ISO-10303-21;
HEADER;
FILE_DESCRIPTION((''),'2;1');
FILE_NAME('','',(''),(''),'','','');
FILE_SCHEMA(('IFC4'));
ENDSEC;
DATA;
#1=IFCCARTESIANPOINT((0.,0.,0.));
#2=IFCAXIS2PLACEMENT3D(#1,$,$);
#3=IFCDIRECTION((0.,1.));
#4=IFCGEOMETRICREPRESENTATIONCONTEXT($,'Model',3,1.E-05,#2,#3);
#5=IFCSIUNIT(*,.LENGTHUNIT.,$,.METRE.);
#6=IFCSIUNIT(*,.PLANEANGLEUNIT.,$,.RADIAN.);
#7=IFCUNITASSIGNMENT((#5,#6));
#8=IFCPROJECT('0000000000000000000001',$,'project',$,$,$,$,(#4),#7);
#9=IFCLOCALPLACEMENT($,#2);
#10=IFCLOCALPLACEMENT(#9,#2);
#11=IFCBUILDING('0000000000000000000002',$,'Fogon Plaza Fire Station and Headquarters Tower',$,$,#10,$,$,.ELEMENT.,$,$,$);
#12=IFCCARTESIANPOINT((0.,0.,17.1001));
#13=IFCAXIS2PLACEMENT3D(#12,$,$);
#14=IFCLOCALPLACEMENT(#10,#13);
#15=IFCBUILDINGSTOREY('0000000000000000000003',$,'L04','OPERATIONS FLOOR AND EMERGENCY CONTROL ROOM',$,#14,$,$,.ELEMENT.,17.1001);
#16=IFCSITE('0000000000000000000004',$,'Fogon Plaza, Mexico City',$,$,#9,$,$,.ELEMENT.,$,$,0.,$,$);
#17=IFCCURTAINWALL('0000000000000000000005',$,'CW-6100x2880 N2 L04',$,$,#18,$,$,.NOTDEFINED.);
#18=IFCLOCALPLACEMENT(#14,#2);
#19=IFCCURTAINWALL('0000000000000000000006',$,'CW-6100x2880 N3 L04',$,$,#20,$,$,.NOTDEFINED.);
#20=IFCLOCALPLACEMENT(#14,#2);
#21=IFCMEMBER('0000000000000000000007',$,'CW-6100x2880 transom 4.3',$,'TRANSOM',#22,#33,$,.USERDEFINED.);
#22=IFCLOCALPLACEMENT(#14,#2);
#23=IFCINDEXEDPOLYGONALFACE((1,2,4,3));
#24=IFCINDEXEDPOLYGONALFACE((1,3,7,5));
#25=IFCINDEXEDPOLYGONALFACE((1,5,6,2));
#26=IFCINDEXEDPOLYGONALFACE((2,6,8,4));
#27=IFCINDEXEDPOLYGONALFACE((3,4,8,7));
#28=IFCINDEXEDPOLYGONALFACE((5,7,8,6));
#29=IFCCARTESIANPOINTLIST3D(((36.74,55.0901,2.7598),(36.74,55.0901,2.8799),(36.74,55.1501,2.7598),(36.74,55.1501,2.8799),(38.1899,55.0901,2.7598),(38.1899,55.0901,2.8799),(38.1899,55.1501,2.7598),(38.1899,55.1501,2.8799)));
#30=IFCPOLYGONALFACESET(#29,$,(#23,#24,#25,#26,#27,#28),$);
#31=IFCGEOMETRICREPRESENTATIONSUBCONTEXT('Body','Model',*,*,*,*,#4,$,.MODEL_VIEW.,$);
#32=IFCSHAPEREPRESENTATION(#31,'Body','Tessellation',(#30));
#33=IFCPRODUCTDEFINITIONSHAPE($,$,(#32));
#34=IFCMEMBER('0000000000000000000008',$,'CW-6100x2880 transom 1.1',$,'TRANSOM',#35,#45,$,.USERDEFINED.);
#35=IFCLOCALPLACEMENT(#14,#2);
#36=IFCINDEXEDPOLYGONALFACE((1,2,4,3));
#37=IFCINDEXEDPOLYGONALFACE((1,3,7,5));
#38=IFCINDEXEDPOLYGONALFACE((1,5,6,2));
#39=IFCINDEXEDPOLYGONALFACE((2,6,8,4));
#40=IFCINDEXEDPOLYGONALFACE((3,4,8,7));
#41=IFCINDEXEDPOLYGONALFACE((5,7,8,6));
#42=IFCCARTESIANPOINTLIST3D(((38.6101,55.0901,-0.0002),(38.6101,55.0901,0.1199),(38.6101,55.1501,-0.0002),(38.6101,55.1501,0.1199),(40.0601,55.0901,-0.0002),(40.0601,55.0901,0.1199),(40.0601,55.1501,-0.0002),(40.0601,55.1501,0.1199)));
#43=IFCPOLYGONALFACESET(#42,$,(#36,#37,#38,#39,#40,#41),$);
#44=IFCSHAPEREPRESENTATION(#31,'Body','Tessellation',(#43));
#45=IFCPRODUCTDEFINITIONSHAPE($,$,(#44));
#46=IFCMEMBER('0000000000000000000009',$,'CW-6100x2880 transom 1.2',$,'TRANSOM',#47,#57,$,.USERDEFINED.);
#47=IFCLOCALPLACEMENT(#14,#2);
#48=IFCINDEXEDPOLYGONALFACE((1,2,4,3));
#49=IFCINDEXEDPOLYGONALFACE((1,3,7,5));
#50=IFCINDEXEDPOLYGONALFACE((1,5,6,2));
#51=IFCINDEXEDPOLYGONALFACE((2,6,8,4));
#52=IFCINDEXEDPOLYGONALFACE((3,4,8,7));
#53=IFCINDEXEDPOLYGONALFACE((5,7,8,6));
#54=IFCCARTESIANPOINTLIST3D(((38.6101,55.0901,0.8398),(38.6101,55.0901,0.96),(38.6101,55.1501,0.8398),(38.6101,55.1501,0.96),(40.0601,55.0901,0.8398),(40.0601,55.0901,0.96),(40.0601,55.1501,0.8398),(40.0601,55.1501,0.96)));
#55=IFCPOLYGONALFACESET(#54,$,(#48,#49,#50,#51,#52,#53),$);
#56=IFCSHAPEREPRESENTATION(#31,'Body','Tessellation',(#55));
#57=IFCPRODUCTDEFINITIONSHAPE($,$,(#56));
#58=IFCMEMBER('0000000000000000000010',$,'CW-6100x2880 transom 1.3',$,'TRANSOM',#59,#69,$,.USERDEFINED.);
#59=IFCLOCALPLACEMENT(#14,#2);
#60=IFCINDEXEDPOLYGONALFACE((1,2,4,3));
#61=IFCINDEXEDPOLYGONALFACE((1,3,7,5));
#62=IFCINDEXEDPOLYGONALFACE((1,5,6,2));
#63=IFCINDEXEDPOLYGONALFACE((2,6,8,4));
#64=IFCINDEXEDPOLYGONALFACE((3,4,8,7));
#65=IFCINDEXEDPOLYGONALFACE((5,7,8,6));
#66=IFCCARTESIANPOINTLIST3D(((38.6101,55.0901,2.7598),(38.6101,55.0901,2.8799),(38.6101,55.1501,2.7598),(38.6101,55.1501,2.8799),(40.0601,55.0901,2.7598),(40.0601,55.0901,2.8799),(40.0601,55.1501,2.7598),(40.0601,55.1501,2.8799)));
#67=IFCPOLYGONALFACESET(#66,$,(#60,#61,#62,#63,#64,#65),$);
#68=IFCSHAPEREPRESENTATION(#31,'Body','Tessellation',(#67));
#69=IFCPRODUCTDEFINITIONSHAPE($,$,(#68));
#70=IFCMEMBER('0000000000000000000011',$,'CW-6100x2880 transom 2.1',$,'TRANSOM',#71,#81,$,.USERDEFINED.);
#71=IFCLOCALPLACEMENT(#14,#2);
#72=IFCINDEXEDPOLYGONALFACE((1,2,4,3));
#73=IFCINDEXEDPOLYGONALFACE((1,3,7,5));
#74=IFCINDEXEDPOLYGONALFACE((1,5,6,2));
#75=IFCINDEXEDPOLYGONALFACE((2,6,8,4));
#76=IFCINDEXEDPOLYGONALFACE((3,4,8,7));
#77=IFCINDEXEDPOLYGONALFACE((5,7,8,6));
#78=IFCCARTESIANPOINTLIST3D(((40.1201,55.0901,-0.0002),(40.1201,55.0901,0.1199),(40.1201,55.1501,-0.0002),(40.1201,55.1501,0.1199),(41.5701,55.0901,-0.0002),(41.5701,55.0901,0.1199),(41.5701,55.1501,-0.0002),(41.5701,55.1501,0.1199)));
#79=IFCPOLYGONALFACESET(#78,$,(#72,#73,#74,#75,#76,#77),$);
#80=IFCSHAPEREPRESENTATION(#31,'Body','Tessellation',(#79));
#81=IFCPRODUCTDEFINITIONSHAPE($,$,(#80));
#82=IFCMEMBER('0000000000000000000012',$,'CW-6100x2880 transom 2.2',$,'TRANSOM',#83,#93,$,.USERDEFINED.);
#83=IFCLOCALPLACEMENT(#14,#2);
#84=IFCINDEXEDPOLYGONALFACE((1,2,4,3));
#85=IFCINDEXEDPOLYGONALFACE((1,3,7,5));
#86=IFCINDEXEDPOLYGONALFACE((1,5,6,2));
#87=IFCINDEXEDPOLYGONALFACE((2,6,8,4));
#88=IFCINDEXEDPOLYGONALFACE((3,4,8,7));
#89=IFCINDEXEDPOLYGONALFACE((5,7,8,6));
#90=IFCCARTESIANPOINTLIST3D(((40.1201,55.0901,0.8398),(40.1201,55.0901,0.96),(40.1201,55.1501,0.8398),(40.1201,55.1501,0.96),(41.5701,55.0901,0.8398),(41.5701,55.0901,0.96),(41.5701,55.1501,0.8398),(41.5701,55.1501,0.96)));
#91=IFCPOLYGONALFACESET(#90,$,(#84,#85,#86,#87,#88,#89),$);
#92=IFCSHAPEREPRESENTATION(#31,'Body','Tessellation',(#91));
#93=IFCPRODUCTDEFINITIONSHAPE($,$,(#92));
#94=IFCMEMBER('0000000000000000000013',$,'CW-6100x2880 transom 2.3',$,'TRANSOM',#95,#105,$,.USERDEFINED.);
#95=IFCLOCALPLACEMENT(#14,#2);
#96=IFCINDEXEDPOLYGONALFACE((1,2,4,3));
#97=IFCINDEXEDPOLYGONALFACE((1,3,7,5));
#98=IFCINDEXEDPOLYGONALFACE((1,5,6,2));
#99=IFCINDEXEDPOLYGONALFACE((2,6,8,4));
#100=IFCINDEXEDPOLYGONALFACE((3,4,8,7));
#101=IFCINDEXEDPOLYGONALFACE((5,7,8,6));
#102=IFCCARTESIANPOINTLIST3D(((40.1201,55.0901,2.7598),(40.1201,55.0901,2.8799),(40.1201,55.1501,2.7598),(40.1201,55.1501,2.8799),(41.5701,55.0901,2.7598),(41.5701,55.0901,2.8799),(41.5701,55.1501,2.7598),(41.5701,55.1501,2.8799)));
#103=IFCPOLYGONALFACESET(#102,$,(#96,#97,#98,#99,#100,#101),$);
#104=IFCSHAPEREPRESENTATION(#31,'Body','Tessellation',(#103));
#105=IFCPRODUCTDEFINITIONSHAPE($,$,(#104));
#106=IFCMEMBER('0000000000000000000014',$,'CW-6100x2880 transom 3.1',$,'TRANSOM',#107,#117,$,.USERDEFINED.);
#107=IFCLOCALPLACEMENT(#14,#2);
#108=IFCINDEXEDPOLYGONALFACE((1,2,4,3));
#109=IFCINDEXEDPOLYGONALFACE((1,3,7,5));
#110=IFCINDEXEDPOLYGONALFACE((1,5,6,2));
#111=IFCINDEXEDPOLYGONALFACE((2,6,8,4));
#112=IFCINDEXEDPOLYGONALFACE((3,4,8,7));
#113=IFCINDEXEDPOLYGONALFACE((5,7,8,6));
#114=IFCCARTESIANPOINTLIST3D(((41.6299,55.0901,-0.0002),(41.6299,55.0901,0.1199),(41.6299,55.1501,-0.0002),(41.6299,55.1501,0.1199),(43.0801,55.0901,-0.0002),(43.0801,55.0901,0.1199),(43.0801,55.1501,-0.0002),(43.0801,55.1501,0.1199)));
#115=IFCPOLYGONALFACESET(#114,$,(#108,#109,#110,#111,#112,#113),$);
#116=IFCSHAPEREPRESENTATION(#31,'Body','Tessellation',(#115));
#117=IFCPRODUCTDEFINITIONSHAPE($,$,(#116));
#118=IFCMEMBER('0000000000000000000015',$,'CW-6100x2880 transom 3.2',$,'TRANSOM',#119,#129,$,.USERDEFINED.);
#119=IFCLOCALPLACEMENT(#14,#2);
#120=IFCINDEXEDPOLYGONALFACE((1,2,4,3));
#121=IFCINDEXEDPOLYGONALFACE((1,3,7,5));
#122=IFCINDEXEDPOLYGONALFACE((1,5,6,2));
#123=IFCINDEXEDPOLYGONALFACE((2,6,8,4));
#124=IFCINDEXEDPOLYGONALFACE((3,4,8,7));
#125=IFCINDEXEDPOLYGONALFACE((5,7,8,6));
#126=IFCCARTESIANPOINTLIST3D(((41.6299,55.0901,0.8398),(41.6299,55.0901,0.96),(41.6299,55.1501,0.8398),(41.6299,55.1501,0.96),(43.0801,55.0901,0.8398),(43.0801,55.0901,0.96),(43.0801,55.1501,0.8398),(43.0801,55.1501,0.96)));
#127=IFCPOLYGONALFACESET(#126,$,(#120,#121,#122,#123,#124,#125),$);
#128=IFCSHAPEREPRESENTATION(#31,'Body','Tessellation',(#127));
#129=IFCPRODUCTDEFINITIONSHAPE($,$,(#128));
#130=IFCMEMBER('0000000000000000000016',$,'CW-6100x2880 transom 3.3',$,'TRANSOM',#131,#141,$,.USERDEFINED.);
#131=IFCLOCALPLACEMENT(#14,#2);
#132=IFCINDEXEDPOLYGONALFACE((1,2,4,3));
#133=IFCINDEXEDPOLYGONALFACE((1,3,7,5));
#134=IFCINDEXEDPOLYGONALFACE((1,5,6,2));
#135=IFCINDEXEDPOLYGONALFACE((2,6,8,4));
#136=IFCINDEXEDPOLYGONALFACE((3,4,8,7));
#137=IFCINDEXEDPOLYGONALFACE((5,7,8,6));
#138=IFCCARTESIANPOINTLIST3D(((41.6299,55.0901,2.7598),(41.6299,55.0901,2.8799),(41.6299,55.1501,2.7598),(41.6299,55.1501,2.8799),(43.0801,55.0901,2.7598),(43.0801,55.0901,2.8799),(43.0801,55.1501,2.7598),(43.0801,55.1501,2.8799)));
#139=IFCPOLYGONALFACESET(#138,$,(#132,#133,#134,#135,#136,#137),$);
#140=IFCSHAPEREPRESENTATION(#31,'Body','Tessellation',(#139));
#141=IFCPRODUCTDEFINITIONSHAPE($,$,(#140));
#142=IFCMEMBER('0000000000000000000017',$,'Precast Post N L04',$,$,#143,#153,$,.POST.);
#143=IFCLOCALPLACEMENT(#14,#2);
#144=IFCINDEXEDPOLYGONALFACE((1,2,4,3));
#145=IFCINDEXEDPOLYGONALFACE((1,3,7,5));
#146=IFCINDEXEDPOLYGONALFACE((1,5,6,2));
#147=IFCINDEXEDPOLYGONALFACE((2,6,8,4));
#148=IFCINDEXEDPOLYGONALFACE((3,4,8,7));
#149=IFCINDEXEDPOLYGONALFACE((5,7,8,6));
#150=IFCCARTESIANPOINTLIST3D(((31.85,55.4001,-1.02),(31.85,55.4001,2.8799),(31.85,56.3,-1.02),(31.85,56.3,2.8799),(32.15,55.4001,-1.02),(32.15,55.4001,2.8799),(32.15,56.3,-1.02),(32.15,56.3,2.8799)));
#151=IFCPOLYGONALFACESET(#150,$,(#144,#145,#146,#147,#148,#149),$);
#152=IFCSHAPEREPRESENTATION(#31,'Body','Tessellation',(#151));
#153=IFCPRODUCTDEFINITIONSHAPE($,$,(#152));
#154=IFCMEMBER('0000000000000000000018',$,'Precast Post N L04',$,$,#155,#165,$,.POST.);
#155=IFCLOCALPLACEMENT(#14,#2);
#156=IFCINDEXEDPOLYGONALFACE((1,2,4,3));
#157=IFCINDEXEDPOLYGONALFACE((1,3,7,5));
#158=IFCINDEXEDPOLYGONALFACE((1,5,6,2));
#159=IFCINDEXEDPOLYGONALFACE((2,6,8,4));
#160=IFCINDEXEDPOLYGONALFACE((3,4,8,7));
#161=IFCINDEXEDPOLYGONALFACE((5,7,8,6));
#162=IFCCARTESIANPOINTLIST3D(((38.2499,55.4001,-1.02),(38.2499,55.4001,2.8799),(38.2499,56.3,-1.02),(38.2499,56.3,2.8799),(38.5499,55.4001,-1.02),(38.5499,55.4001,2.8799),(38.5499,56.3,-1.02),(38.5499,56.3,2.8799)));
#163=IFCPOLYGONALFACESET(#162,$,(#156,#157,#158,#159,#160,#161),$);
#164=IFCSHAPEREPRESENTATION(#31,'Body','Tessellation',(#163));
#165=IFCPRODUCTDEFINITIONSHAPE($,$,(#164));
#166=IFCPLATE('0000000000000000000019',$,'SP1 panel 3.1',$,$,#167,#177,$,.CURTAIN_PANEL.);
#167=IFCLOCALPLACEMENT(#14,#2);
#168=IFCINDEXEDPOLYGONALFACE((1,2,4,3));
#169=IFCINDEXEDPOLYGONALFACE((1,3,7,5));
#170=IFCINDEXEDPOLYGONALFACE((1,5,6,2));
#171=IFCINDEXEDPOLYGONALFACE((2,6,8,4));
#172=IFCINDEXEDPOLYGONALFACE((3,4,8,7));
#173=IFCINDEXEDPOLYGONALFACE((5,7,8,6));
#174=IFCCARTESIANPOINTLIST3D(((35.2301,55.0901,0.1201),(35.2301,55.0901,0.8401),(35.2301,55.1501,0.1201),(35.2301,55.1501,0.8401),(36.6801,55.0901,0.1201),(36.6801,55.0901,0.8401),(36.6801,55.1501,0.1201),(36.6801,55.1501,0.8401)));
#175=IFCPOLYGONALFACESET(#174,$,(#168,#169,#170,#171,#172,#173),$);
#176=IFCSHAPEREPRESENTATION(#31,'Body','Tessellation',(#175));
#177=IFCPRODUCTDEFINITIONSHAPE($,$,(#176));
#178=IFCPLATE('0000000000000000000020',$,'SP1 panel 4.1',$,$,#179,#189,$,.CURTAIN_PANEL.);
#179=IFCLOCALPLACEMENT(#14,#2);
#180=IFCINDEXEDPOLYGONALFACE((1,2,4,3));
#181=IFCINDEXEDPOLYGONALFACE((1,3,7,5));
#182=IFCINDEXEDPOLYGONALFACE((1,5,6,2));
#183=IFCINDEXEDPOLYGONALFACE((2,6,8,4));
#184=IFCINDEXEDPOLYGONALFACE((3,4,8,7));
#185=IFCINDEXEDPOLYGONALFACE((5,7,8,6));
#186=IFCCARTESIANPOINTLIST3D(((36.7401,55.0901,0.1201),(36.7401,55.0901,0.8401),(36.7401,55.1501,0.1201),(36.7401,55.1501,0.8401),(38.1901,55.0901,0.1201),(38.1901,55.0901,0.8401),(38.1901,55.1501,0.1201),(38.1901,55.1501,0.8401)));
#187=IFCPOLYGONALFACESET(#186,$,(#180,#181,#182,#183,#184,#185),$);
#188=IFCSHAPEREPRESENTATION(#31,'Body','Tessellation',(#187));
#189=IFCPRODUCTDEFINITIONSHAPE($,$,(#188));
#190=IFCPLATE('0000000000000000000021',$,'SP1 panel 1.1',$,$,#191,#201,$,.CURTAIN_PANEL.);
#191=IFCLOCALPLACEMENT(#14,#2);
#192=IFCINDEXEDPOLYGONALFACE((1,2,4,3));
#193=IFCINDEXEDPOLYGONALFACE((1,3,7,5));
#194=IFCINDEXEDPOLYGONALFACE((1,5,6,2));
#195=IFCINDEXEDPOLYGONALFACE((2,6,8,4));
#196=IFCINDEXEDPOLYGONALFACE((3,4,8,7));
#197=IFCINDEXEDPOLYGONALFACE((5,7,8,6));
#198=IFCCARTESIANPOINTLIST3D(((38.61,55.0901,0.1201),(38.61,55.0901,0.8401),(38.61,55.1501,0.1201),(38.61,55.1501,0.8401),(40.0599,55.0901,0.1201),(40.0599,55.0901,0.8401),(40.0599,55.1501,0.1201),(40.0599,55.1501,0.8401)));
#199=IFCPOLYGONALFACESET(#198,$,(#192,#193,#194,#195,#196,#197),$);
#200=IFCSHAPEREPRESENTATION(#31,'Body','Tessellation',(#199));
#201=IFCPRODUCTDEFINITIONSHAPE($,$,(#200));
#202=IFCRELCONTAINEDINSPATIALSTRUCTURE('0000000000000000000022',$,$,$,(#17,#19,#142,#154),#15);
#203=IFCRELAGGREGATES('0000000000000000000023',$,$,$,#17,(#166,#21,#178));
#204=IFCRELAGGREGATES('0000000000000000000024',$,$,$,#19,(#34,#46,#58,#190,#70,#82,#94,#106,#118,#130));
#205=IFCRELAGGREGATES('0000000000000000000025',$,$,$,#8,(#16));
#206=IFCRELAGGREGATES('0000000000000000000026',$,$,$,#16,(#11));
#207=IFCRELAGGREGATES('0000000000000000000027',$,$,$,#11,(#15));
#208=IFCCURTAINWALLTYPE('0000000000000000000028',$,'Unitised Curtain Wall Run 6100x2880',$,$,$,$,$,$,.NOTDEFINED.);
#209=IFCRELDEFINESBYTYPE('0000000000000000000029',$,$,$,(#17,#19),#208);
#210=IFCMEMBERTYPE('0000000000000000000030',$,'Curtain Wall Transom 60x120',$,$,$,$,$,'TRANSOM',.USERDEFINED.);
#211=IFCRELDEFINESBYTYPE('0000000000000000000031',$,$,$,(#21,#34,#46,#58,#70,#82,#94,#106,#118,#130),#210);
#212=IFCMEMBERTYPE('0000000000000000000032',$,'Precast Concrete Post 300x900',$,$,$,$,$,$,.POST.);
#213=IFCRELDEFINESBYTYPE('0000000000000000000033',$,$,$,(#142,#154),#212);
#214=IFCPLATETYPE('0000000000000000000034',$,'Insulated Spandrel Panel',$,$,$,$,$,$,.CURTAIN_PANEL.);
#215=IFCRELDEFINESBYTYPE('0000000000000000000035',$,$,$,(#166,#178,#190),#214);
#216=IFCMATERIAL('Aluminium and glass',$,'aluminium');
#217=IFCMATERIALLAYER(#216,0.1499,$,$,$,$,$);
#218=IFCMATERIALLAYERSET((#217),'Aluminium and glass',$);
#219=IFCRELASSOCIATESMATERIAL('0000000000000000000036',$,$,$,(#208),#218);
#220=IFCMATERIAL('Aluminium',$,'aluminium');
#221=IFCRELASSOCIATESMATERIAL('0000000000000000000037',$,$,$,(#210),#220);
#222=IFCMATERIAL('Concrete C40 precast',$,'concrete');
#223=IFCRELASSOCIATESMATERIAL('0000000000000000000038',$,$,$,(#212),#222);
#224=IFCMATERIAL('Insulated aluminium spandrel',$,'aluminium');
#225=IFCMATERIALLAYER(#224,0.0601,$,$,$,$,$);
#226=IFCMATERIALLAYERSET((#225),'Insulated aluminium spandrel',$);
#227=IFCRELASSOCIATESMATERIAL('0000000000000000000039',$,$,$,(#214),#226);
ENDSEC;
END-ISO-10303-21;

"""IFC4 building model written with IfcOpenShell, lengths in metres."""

from ifc_helpers import new_model, si_unit, direction, frame, origin, origin_2d, place, context, subcontext, project, spatial, rectangle, extrude, material, layer, layer_set, material_profile, profile_set, type_object, element, aggregate, save


model = new_model("IFC4")

# Units and contexts
model_context = context("Model", 3, precision=1e-05, world=origin(), true_north=direction((0.0, 1.0)))
body_context = subcontext(model_context, "Body", "Model", "MODEL_VIEW")
ifc_project = project(units=[si_unit("LENGTHUNIT", "METRE"), si_unit("PLANEANGLEUNIT", "RADIAN")], contexts=[model_context])

# Site, building, storey
site_placement = place(None, origin())
site = spatial("IfcSite", under=ifc_project, at=site_placement, Name="Fogon Plaza, Mexico City", CompositionType="ELEMENT", RefElevation=0.0)
building_placement = place(site_placement, origin())
building = spatial("IfcBuilding", under=site, at=building_placement, Name="Fogon Plaza Fire Station and Headquarters Tower", CompositionType="ELEMENT")
storey_placement = place(building_placement, frame((0.0, 0.0, 17.1001)))
storey = spatial("IfcBuildingStorey", under=building, at=storey_placement, Name="L04", Description="OPERATIONS FLOOR AND EMERGENCY CONTROL ROOM", CompositionType="ELEMENT", Elevation=17.1001)

# Curtain walls
ifc_material_1 = material(Name="Aluminium and glass", Category="aluminium")
ifc_layer_1 = layer(ifc_material_1, 0.1499)
ifc_layer_set_1 = layer_set([ifc_layer_1], Name="Aluminium and glass")
curtain_wall_type = type_object("IfcCurtainWallType", Name="Unitised Curtain Wall Run 6100x2880", PredefinedType="NOTDEFINED", material=ifc_layer_set_1)
curtain_wall_1_placement = place(storey_placement, origin())
curtain_wall_1 = element("IfcCurtainWall", 1, at=curtain_wall_1_placement, inside=storey, type_object=curtain_wall_type, Name="CW-6100x2880 N2 L04", PredefinedType="NOTDEFINED")
curtain_wall_2_placement = place(storey_placement, origin())
curtain_wall_2 = element("IfcCurtainWall", 2, at=curtain_wall_2_placement, inside=storey, type_object=curtain_wall_type, Name="CW-6100x2880 N3 L04", PredefinedType="NOTDEFINED")

# Members
ifc_material_2 = material(Name="Aluminium", Category="aluminium")
ifc_material_profile_1 = material_profile(ifc_material_2, rectangle(XDim=0.0601, YDim=0.1201, at=origin_2d()), Name="Curtain Wall Transom 60x120")
ifc_profile_set_1 = profile_set([ifc_material_profile_1], Name="Aluminium")
member_type_1 = type_object("IfcMemberType", Name="Curtain Wall Transom 60x120", ElementType="TRANSOM", PredefinedType="USERDEFINED", material=ifc_profile_set_1)
member_1_placement = place(storey_placement, frame((36.74, 55.1201, 2.8198), z_axis=(1.0, 0.0, 0.0), x_axis=(0.0, 1.0, 0.0)))
member_1 = element("IfcMember", 3, at=member_1_placement, type_object=member_type_1, Name="CW-6100x2880 transom 4.3", ObjectType="TRANSOM", PredefinedType="USERDEFINED", context=body_context, shape_type="SweptSolid", body=[
    extrude(rectangle(XDim=0.0601, YDim=0.1201, at=origin_2d()), origin(), (0.0, 0.0, 1.0), 1.45),
])
member_2_placement = place(storey_placement, frame((38.6101, 55.1201, 0.0598), z_axis=(1.0, 0.0, 0.0), x_axis=(0.0, 1.0, 0.0)))
member_2 = element("IfcMember", 4, at=member_2_placement, type_object=member_type_1, Name="CW-6100x2880 transom 1.1", ObjectType="TRANSOM", PredefinedType="USERDEFINED", context=body_context, shape_type="SweptSolid", body=[
    extrude(rectangle(XDim=0.0601, YDim=0.1201, at=origin_2d()), origin(), (0.0, 0.0, 1.0), 1.45),
])
member_3_placement = place(storey_placement, frame((38.6101, 55.1201, 0.8999), z_axis=(1.0, 0.0, 0.0), x_axis=(0.0, 1.0, 0.0)))
member_3 = element("IfcMember", 5, at=member_3_placement, type_object=member_type_1, Name="CW-6100x2880 transom 1.2", ObjectType="TRANSOM", PredefinedType="USERDEFINED", context=body_context, shape_type="SweptSolid", body=[
    extrude(rectangle(XDim=0.0601, YDim=0.1201, at=origin_2d()), origin(), (0.0, 0.0, 1.0), 1.45),
])
member_4_placement = place(storey_placement, frame((38.6101, 55.1201, 2.8198), z_axis=(1.0, 0.0, 0.0), x_axis=(0.0, 1.0, 0.0)))
member_4 = element("IfcMember", 6, at=member_4_placement, type_object=member_type_1, Name="CW-6100x2880 transom 1.3", ObjectType="TRANSOM", PredefinedType="USERDEFINED", context=body_context, shape_type="SweptSolid", body=[
    extrude(rectangle(XDim=0.0601, YDim=0.1201, at=origin_2d()), origin(), (0.0, 0.0, 1.0), 1.45),
])
member_5_placement = place(storey_placement, frame((40.1201, 55.1201, 0.0598), z_axis=(1.0, 0.0, 0.0), x_axis=(0.0, 1.0, 0.0)))
member_5 = element("IfcMember", 7, at=member_5_placement, type_object=member_type_1, Name="CW-6100x2880 transom 2.1", ObjectType="TRANSOM", PredefinedType="USERDEFINED", context=body_context, shape_type="SweptSolid", body=[
    extrude(rectangle(XDim=0.0601, YDim=0.1201, at=origin_2d()), origin(), (0.0, 0.0, 1.0), 1.45),
])
member_6_placement = place(storey_placement, frame((40.1201, 55.1201, 0.8999), z_axis=(1.0, 0.0, 0.0), x_axis=(0.0, 1.0, 0.0)))
member_6 = element("IfcMember", 8, at=member_6_placement, type_object=member_type_1, Name="CW-6100x2880 transom 2.2", ObjectType="TRANSOM", PredefinedType="USERDEFINED", context=body_context, shape_type="SweptSolid", body=[
    extrude(rectangle(XDim=0.0601, YDim=0.1201, at=origin_2d()), origin(), (0.0, 0.0, 1.0), 1.45),
])
member_7_placement = place(storey_placement, frame((40.1201, 55.1201, 2.8198), z_axis=(1.0, 0.0, 0.0), x_axis=(0.0, 1.0, 0.0)))
member_7 = element("IfcMember", 9, at=member_7_placement, type_object=member_type_1, Name="CW-6100x2880 transom 2.3", ObjectType="TRANSOM", PredefinedType="USERDEFINED", context=body_context, shape_type="SweptSolid", body=[
    extrude(rectangle(XDim=0.0601, YDim=0.1201, at=origin_2d()), origin(), (0.0, 0.0, 1.0), 1.45),
])
member_8_placement = place(storey_placement, frame((41.6299, 55.1201, 0.0598), z_axis=(1.0, 0.0, 0.0), x_axis=(0.0, 1.0, 0.0)))
member_8 = element("IfcMember", 10, at=member_8_placement, type_object=member_type_1, Name="CW-6100x2880 transom 3.1", ObjectType="TRANSOM", PredefinedType="USERDEFINED", context=body_context, shape_type="SweptSolid", body=[
    extrude(rectangle(XDim=0.0601, YDim=0.1201, at=origin_2d()), origin(), (0.0, 0.0, 1.0), 1.4502),
])
member_9_placement = place(storey_placement, frame((41.6299, 55.1201, 0.8999), z_axis=(1.0, 0.0, 0.0), x_axis=(0.0, 1.0, 0.0)))
member_9 = element("IfcMember", 11, at=member_9_placement, type_object=member_type_1, Name="CW-6100x2880 transom 3.2", ObjectType="TRANSOM", PredefinedType="USERDEFINED", context=body_context, shape_type="SweptSolid", body=[
    extrude(rectangle(XDim=0.0601, YDim=0.1201, at=origin_2d()), origin(), (0.0, 0.0, 1.0), 1.4502),
])
member_10_placement = place(storey_placement, frame((41.6299, 55.1201, 2.8198), z_axis=(1.0, 0.0, 0.0), x_axis=(0.0, 1.0, 0.0)))
member_10 = element("IfcMember", 12, at=member_10_placement, type_object=member_type_1, Name="CW-6100x2880 transom 3.3", ObjectType="TRANSOM", PredefinedType="USERDEFINED", context=body_context, shape_type="SweptSolid", body=[
    extrude(rectangle(XDim=0.0601, YDim=0.1201, at=origin_2d()), origin(), (0.0, 0.0, 1.0), 1.4502),
])

# Members
ifc_material_3 = material(Name="Concrete C40 precast", Category="concrete")
ifc_material_profile_2 = material_profile(ifc_material_3, rectangle(XDim=0.3, YDim=0.8999, at=origin_2d()), Name="Precast Concrete Post 300x900")
ifc_profile_set_2 = profile_set([ifc_material_profile_2], Name="Concrete C40 precast")
member_type_2 = type_object("IfcMemberType", Name="Precast Concrete Post 300x900", PredefinedType="POST", material=ifc_profile_set_2)
for number, where, z_axis, x_axis, name in (
    (13, (32.0, 55.8501, -1.02), (0.0, 0.0, 1.0), (1.0, 0.0, 0.0), "Precast Post N L04"),
    (14, (38.3999, 55.8501, -1.02), (0.0, 0.0, 1.0), (1.0, 0.0, 0.0), "Precast Post N L04"),
):
    element("IfcMember", number, at=place(storey_placement, frame(where, z_axis=z_axis, x_axis=x_axis)), inside=storey, type_object=member_type_2, Name=name, PredefinedType="POST", context=body_context, shape_type="SweptSolid", body=[
        extrude(rectangle(XDim=0.3, YDim=0.8999, at=origin_2d()), origin(), (0.0, 0.0, 1.0), 3.8999),
    ])

# Plates
ifc_material_4 = material(Name="Insulated aluminium spandrel", Category="aluminium")
ifc_layer_2 = layer(ifc_material_4, 0.0601)
ifc_layer_set_2 = layer_set([ifc_layer_2], Name="Insulated aluminium spandrel")
plate_type_1 = type_object("IfcPlateType", Name="Insulated Spandrel Panel", PredefinedType="CURTAIN_PANEL", material=ifc_layer_set_2)
plate_1_placement = place(storey_placement, frame((35.9551, 55.1201, 0.1201), z_axis=(0.0, 0.0, 1.0), x_axis=(1.0, 0.0, 0.0)))
plate_1 = element("IfcPlate", 15, at=plate_1_placement, type_object=plate_type_1, Name="SP1 panel 3.1", PredefinedType="CURTAIN_PANEL", context=body_context, shape_type="SweptSolid", body=[
    extrude(rectangle(XDim=1.45, YDim=0.0601, at=origin_2d()), origin(), (0.0, 0.0, 1.0), 0.72),
])
plate_2_placement = place(storey_placement, frame((37.4651, 55.1201, 0.1201), z_axis=(0.0, 0.0, 1.0), x_axis=(1.0, 0.0, 0.0)))
plate_2 = element("IfcPlate", 16, at=plate_2_placement, type_object=plate_type_1, Name="SP1 panel 4.1", PredefinedType="CURTAIN_PANEL", context=body_context, shape_type="SweptSolid", body=[
    extrude(rectangle(XDim=1.45, YDim=0.0601, at=origin_2d()), origin(), (0.0, 0.0, 1.0), 0.72),
])
plate_3_placement = place(storey_placement, frame((39.335, 55.1201, 0.1201), z_axis=(0.0, 0.0, 1.0), x_axis=(1.0, 0.0, 0.0)))
plate_3 = element("IfcPlate", 17, at=plate_3_placement, type_object=plate_type_1, Name="SP1 panel 1.1", PredefinedType="CURTAIN_PANEL", context=body_context, shape_type="SweptSolid", body=[
    extrude(rectangle(XDim=1.45, YDim=0.0601, at=origin_2d()), origin(), (0.0, 0.0, 1.0), 0.72),
])
aggregate(curtain_wall_1, [plate_1, member_1, plate_2])
aggregate(curtain_wall_2, [member_2, member_3, member_4, plate_3, member_5, member_6, member_7, member_8, member_9, member_10])

save(model, "model.ifc")
